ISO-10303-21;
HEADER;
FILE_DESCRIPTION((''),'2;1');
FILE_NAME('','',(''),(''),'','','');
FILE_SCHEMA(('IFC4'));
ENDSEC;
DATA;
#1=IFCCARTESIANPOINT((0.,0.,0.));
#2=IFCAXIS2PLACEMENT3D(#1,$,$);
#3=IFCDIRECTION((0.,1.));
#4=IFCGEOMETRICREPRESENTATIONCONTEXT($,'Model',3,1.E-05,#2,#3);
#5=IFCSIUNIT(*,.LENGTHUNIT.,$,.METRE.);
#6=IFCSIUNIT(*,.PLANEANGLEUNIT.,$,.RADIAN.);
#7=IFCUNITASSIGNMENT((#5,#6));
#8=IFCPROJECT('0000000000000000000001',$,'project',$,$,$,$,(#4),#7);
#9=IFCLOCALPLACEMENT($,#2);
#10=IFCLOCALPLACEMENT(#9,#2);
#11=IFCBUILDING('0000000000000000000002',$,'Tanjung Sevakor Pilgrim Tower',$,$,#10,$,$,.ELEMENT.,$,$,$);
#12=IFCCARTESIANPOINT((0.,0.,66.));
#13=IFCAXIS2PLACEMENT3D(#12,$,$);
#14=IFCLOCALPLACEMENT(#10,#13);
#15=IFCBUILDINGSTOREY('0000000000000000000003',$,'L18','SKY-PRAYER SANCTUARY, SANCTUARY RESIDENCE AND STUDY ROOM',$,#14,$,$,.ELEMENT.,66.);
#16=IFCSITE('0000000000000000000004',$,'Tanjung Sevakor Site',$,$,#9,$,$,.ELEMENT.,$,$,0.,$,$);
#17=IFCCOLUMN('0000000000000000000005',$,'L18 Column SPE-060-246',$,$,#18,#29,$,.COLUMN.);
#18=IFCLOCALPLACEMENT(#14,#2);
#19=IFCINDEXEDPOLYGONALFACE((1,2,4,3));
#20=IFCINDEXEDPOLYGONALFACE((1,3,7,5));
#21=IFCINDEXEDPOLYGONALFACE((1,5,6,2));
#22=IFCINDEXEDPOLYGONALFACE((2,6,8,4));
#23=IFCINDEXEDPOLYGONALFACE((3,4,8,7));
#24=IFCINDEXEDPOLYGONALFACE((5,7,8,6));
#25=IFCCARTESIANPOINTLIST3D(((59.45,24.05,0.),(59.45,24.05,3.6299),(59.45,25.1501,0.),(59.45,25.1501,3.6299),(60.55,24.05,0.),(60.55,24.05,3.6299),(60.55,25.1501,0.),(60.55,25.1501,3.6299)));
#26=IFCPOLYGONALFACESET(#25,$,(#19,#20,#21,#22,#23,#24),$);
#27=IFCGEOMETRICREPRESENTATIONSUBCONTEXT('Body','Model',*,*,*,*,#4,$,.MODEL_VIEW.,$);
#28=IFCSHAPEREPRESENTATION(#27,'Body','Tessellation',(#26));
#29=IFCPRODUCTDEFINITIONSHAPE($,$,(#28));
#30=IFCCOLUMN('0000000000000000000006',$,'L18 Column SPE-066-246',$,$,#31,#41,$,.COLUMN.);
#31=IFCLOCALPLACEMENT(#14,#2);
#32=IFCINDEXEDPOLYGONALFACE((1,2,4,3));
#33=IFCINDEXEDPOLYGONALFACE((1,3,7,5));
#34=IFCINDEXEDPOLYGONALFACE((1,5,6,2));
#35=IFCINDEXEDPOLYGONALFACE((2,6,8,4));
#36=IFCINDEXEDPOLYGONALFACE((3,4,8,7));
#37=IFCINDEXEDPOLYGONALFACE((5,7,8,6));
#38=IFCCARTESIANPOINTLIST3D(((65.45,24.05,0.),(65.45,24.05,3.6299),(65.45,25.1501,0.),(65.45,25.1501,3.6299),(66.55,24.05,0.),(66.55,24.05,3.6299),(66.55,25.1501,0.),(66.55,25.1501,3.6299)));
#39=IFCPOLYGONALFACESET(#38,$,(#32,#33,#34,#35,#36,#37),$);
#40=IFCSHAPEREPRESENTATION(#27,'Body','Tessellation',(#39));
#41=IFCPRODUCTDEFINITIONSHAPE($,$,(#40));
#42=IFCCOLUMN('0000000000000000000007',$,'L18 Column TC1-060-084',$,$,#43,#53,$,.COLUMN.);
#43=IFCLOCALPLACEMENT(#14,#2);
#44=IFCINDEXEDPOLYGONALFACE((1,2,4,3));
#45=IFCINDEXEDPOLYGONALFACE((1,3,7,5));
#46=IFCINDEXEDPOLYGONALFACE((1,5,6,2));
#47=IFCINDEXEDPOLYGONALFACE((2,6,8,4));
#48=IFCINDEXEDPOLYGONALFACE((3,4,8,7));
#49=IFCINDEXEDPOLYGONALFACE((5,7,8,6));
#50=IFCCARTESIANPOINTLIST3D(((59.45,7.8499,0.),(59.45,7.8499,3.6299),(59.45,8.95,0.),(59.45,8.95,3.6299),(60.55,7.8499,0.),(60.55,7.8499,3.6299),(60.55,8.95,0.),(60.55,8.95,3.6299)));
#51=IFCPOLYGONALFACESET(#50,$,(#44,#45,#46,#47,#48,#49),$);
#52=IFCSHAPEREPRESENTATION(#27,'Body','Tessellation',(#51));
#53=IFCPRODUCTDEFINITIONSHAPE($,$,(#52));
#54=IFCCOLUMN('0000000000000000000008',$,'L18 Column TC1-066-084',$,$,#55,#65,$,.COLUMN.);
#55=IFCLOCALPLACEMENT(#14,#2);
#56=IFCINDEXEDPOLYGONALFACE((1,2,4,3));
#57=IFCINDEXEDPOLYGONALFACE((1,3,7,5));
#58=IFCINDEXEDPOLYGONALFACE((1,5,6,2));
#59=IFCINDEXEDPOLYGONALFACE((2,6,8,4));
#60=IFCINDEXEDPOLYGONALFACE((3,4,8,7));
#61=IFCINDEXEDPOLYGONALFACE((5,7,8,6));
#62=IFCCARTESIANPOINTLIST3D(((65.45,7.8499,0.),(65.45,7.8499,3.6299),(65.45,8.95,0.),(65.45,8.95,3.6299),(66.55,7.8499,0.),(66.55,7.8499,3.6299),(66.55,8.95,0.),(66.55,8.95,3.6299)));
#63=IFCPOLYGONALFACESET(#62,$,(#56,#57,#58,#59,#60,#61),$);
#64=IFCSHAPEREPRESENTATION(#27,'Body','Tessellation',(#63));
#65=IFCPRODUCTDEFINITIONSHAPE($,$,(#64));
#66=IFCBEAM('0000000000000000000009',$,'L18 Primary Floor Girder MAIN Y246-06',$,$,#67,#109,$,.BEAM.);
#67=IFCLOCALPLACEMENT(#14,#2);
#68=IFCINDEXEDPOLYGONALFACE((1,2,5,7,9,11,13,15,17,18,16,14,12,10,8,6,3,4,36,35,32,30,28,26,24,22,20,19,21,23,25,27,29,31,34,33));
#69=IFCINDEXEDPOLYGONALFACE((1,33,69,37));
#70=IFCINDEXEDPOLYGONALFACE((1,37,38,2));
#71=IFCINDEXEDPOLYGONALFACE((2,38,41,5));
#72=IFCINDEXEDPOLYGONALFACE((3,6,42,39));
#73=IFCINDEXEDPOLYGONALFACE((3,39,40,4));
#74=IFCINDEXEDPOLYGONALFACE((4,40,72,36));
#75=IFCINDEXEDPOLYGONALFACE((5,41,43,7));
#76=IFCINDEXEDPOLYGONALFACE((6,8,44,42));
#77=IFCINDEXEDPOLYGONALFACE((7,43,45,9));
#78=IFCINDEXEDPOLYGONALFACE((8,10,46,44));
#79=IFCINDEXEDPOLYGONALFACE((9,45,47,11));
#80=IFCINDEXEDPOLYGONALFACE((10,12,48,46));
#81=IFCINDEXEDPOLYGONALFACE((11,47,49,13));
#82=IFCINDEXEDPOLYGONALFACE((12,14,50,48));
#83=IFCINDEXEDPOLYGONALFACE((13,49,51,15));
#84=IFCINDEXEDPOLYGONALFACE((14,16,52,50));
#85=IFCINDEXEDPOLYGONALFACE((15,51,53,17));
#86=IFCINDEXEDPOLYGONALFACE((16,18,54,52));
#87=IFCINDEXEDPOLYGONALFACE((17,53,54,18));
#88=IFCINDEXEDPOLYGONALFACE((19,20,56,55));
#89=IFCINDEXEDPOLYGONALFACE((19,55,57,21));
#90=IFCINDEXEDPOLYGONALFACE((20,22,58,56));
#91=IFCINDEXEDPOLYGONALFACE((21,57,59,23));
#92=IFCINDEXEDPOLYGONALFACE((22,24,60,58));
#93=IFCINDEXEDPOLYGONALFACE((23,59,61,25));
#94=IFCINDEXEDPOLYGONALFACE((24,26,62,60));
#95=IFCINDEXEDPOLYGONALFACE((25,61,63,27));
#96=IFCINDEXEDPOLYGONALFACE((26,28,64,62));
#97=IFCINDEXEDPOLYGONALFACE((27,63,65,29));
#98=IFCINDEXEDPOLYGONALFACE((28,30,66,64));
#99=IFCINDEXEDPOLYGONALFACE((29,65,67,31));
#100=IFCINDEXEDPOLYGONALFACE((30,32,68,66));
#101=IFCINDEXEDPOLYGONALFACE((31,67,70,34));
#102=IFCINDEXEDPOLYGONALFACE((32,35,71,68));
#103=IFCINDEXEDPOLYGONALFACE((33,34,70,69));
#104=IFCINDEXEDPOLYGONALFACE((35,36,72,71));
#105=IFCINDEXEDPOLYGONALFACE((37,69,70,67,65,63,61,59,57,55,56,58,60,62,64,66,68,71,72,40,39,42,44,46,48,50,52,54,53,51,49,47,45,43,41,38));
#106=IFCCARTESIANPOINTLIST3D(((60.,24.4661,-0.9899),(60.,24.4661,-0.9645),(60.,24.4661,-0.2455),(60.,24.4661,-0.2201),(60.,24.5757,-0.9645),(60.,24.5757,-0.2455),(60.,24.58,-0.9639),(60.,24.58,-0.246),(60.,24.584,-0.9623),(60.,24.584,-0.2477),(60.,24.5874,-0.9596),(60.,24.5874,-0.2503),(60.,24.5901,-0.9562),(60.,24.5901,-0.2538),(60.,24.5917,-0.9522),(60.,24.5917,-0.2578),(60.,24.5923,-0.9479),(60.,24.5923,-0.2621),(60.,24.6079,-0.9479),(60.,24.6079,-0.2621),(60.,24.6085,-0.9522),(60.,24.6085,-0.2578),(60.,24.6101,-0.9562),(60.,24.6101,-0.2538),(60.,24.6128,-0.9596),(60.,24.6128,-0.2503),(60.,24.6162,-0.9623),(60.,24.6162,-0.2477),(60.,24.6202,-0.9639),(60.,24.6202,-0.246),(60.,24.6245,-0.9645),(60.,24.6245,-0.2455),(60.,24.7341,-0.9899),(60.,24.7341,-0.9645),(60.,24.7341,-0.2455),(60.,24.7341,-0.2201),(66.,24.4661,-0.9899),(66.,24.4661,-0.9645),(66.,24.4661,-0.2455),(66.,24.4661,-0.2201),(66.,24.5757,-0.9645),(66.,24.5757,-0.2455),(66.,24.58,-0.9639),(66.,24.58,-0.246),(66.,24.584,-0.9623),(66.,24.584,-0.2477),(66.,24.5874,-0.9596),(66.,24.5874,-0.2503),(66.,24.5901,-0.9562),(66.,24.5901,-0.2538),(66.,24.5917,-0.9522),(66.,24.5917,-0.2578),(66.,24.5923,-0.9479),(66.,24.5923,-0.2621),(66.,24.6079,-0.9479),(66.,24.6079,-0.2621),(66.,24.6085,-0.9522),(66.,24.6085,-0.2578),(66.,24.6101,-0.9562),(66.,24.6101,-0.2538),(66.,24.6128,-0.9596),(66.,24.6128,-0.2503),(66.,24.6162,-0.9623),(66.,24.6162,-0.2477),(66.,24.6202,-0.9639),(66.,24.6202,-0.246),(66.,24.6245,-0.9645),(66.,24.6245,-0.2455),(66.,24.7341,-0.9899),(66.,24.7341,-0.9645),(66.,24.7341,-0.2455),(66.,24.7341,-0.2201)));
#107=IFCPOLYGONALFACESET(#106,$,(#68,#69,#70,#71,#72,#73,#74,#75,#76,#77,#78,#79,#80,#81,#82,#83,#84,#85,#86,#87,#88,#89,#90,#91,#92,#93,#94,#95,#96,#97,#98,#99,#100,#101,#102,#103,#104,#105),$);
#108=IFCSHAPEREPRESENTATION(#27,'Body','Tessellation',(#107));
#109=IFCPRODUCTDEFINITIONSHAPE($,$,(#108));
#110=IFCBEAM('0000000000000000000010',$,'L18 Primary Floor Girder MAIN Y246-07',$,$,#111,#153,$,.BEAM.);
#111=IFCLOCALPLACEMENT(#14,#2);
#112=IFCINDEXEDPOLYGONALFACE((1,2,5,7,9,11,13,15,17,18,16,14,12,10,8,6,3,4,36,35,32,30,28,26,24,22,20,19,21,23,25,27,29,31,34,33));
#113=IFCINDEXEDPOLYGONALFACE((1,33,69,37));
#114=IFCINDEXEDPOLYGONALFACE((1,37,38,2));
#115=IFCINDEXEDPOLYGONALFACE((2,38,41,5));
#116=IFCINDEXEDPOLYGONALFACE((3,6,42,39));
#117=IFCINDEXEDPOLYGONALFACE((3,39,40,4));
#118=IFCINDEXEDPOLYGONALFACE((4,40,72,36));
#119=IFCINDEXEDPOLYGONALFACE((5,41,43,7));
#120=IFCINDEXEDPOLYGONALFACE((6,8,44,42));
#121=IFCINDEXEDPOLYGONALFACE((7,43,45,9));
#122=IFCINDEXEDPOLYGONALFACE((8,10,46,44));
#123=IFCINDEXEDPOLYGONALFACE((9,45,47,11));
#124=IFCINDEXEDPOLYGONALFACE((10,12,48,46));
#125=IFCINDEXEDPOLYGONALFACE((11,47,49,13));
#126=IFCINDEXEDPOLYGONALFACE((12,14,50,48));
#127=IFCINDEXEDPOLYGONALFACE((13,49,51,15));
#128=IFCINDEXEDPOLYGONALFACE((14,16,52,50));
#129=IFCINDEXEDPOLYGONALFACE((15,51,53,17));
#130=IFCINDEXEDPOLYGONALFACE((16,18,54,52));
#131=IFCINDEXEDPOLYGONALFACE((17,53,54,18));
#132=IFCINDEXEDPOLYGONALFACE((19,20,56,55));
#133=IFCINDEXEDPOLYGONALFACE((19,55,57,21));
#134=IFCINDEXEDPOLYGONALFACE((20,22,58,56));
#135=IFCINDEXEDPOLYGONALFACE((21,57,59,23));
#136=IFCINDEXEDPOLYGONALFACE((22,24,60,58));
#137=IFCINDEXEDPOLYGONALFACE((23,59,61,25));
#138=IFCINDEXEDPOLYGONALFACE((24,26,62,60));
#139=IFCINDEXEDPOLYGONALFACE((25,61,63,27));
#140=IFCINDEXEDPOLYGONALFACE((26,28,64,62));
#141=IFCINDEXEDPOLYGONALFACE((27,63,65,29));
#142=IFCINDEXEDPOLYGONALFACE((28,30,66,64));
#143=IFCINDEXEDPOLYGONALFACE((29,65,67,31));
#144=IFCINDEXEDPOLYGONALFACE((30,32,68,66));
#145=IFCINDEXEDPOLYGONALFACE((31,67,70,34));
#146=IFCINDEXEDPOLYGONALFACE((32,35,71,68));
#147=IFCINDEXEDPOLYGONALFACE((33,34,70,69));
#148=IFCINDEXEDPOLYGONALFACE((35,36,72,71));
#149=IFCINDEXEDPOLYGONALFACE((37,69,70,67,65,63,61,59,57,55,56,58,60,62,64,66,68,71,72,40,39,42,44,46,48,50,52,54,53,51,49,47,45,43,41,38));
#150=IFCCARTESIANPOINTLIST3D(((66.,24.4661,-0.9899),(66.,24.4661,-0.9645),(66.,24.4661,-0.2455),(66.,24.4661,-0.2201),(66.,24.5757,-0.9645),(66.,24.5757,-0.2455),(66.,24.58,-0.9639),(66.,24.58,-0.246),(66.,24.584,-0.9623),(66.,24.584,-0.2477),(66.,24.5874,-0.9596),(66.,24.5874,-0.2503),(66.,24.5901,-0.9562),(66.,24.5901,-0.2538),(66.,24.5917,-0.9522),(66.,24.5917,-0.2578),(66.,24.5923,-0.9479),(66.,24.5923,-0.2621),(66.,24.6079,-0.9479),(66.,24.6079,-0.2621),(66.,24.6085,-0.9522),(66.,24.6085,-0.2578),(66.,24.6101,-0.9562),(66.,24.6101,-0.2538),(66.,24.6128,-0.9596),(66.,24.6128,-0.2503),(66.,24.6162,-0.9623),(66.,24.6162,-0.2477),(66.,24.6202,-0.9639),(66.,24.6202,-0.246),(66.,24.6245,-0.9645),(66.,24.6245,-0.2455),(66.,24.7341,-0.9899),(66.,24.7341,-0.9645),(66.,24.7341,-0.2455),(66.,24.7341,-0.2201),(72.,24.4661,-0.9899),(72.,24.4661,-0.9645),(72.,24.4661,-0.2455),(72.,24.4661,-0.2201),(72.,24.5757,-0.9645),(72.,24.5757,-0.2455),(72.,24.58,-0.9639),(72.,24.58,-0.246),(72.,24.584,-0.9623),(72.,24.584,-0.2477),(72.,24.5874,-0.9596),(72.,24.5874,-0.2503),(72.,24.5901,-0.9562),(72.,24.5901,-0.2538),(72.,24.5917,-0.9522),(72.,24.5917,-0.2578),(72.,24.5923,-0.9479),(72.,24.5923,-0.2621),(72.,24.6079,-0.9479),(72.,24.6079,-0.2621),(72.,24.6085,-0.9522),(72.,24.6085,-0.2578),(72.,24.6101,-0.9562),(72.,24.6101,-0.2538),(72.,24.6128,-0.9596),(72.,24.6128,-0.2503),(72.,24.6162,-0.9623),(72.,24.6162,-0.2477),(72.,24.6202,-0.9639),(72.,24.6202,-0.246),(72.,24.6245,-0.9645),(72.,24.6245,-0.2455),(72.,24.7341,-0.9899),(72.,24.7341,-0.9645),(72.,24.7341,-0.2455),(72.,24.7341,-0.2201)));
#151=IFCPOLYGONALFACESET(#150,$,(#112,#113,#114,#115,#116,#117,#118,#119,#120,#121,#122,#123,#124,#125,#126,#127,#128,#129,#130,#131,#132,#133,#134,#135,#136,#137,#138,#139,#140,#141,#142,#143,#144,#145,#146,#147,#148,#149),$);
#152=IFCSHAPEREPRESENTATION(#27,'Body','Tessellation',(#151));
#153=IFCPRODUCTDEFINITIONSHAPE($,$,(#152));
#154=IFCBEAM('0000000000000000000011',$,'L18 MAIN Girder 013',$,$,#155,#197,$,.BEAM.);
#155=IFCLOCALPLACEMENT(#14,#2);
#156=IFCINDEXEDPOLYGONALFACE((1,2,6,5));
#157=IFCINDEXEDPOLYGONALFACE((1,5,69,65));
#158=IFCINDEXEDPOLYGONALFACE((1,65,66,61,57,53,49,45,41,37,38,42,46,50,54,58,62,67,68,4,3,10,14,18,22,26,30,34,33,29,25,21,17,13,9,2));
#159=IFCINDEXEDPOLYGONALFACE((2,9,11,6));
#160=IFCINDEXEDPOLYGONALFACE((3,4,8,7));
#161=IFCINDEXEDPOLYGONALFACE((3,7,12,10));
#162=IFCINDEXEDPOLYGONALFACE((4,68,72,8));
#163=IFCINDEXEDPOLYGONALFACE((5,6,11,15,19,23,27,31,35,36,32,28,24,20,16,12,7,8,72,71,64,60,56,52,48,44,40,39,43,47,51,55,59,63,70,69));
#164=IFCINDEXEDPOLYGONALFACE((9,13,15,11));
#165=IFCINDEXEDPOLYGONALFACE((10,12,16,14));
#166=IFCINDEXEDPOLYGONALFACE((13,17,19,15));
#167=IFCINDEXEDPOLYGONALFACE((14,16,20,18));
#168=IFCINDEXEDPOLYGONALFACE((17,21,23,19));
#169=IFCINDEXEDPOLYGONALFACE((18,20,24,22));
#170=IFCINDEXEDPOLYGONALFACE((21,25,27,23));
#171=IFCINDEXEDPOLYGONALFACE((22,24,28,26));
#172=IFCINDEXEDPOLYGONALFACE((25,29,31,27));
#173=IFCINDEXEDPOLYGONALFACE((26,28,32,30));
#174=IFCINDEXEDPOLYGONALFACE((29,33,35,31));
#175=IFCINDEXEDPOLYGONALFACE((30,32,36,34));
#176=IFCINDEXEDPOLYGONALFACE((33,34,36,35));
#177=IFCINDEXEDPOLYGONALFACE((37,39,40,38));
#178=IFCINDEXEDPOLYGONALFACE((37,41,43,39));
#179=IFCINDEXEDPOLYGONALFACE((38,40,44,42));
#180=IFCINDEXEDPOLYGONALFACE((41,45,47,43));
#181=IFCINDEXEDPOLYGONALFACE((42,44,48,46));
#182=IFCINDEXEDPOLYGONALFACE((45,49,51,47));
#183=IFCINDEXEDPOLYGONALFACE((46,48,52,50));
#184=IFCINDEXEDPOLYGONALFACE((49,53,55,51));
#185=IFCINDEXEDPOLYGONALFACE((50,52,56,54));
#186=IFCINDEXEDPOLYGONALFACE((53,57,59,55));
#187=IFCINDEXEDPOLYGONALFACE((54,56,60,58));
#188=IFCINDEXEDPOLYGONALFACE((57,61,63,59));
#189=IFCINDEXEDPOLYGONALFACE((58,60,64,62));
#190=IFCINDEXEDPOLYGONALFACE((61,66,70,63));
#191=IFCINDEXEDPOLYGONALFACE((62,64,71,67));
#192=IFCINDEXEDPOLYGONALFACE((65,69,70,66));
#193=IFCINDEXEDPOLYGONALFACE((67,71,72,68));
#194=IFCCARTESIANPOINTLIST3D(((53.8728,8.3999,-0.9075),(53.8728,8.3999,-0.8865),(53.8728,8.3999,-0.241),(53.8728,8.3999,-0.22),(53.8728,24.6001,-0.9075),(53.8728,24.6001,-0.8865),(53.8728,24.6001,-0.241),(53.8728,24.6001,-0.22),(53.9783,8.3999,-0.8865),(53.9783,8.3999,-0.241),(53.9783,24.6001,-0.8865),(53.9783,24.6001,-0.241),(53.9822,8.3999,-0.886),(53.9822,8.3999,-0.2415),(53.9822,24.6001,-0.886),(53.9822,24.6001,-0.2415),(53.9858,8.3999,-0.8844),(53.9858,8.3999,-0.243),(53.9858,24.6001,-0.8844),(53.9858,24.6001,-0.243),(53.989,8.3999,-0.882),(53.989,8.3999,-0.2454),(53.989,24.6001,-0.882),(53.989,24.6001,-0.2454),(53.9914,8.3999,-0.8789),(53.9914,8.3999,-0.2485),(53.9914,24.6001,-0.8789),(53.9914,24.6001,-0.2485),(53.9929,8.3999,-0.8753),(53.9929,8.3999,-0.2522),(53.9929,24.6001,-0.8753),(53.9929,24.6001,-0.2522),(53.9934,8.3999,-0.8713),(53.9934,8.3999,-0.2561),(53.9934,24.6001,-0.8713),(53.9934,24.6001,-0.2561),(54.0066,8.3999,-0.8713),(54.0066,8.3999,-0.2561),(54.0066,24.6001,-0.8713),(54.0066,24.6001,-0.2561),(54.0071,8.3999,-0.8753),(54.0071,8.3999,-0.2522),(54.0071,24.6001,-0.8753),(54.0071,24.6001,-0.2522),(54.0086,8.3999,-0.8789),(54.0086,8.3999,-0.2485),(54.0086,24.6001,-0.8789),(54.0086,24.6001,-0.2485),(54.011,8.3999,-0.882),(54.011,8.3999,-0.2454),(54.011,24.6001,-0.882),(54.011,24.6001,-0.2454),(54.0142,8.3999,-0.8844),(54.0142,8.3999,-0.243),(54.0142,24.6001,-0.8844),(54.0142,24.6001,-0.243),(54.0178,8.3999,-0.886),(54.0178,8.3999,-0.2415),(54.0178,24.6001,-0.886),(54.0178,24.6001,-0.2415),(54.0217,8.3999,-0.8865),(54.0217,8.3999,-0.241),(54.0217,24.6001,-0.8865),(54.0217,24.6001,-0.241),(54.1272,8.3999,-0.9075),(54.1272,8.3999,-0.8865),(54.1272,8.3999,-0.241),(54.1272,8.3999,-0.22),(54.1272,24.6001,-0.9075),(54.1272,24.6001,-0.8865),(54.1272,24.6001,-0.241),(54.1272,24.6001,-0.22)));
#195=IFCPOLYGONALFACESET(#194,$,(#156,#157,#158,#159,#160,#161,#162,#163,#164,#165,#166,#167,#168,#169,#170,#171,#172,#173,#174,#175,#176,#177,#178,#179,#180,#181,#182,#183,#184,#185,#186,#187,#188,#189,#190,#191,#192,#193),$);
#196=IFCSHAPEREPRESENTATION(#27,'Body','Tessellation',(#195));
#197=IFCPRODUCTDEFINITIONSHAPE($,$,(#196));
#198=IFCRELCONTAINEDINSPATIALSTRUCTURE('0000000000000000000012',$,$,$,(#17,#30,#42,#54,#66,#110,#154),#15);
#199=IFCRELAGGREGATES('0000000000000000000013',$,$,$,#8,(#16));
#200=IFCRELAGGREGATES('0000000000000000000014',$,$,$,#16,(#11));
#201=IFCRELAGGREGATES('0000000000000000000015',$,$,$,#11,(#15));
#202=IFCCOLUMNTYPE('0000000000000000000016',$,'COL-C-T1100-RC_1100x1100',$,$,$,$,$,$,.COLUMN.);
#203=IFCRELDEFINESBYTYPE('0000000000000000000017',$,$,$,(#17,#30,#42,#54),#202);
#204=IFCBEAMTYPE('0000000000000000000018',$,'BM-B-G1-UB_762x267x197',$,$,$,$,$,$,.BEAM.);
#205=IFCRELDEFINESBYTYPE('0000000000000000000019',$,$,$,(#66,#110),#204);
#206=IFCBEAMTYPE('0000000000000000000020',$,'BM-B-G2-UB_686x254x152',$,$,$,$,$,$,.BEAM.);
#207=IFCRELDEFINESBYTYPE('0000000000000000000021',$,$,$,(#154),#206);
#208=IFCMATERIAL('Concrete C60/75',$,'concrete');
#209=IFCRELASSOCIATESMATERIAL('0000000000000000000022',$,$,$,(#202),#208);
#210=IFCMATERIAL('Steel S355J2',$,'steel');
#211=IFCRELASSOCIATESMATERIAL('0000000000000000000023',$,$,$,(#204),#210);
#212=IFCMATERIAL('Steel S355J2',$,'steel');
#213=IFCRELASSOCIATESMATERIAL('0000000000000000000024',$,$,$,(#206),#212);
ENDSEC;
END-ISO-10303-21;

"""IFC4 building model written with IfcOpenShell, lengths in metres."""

from ifc_helpers import new_model, si_unit, direction, frame, origin, origin_2d, place, context, subcontext, project, spatial, rectangle, i_section, extrude, material, material_profile, profile_set, type_object, element, save


model = new_model("IFC4")

# Units and contexts
model_context = context("Model", 3, precision=1e-05, world=origin(), true_north=direction((0.0, 1.0)))
body_context = subcontext(model_context, "Body", "Model", "MODEL_VIEW")
ifc_project = project(units=[si_unit("LENGTHUNIT", "METRE"), si_unit("PLANEANGLEUNIT", "RADIAN")], contexts=[model_context])

# Site, building, storey
site_placement = place(None, origin())
site = spatial("IfcSite", under=ifc_project, at=site_placement, Name="Tanjung Sevakor Site", CompositionType="ELEMENT", RefElevation=0.0)
building_placement = place(site_placement, origin())
building = spatial("IfcBuilding", under=site, at=building_placement, Name="Tanjung Sevakor Pilgrim Tower", CompositionType="ELEMENT")
storey_placement = place(building_placement, frame((0.0, 0.0, 66.0)))
storey = spatial("IfcBuildingStorey", under=building, at=storey_placement, Name="L18", Description="SKY-PRAYER SANCTUARY, SANCTUARY RESIDENCE AND STUDY ROOM", CompositionType="ELEMENT", Elevation=66.0)

# Columns
ifc_material_1 = material(Name="Concrete C60/75", Category="concrete")
ifc_material_profile_1 = material_profile(ifc_material_1, rectangle(XDim=1.1001, YDim=1.1001, at=origin_2d()))
ifc_profile_set_1 = profile_set([ifc_material_profile_1], Name="Concrete C60/75")
column_type = type_object("IfcColumnType", Name="COL-C-T1100-RC_1100x1100", PredefinedType="COLUMN", material=ifc_profile_set_1)
for number, where, z_axis, x_axis, name in (
    (1, (60.0, 24.6001, 0.0), (0.0, 0.0, 1.0), (1.0, 0.0, 0.0), "L18 Column SPE-060-246"),
    (2, (66.0, 24.6001, 0.0), (0.0, 0.0, 1.0), (1.0, 0.0, 0.0), "L18 Column SPE-066-246"),
    (3, (60.0, 8.3999, 0.0), (0.0, 0.0, 1.0), (1.0, 0.0, 0.0), "L18 Column TC1-060-084"),
    (4, (66.0, 8.3999, 0.0), (0.0, 0.0, 1.0), (1.0, 0.0, 0.0), "L18 Column TC1-066-084"),
):
    element("IfcColumn", number, at=place(storey_placement, frame(where, z_axis=z_axis, x_axis=x_axis)), inside=storey, type_object=column_type, Name=name, PredefinedType="COLUMN", context=body_context, shape_type="SweptSolid", body=[
        extrude(rectangle(XDim=1.1001, YDim=1.1001, at=origin_2d()), origin(), (0.0, 0.0, 1.0), 3.6299),
    ])

# Beams
ifc_material_2 = material(Name="Steel S355J2", Category="steel")
ifc_material_profile_2 = material_profile(ifc_material_2, i_section(OverallWidth=0.2681, OverallDepth=0.7698, WebThickness=0.0156, FlangeThickness=0.0254, FilletRadius=0.0166, at=origin_2d()))
ifc_profile_set_2 = profile_set([ifc_material_profile_2], Name="Steel S355J2")
beam_type_1 = type_object("IfcBeamType", Name="BM-B-G1-UB_762x267x197", PredefinedType="BEAM", material=ifc_profile_set_2)
for number, where, z_axis, x_axis, name in (
    (5, (60.0, 24.6001, -0.605), (1.0, 0.0, 0.0), (0.0, 1.0, 0.0), "L18 Primary Floor Girder MAIN Y246-06"),
    (6, (66.0, 24.6001, -0.605), (1.0, 0.0, 0.0), (0.0, 1.0, 0.0), "L18 Primary Floor Girder MAIN Y246-07"),
):
    element("IfcBeam", number, at=place(storey_placement, frame(where, z_axis=z_axis, x_axis=x_axis)), inside=storey, type_object=beam_type_1, Name=name, PredefinedType="BEAM", context=body_context, shape_type="SweptSolid", body=[
        extrude(i_section(OverallWidth=0.2681, OverallDepth=0.7698, WebThickness=0.0156, FlangeThickness=0.0254, FilletRadius=0.0166, at=origin_2d()), origin(), (0.0, 0.0, 1.0), 6.0),
    ])
ifc_material_3 = material(Name="Steel S355J2", Category="steel")
ifc_material_profile_3 = material_profile(ifc_material_3, i_section(OverallWidth=0.2544, OverallDepth=0.6875, WebThickness=0.0132, FlangeThickness=0.021, FilletRadius=0.0151, at=origin_2d()))
ifc_profile_set_3 = profile_set([ifc_material_profile_3], Name="Steel S355J2")
beam_type_2 = type_object("IfcBeamType", Name="BM-B-G2-UB_686x254x152", PredefinedType="BEAM", material=ifc_profile_set_3)
beam_1_placement = place(storey_placement, frame((54.0, 8.3999, -0.5637), z_axis=(0.0, 1.0, 0.0), x_axis=(-1.0, 0.0, 0.0)))
element("IfcBeam", 7, at=beam_1_placement, inside=storey, type_object=beam_type_2, Name="L18 MAIN Girder 013", PredefinedType="BEAM", context=body_context, shape_type="SweptSolid", body=[
    extrude(i_section(OverallWidth=0.2544, OverallDepth=0.6875, WebThickness=0.0132, FlangeThickness=0.021, FilletRadius=0.0151, at=origin_2d()), origin(), (0.0, 0.0, 1.0), 16.2002),
])

save(model, "model.ifc")
